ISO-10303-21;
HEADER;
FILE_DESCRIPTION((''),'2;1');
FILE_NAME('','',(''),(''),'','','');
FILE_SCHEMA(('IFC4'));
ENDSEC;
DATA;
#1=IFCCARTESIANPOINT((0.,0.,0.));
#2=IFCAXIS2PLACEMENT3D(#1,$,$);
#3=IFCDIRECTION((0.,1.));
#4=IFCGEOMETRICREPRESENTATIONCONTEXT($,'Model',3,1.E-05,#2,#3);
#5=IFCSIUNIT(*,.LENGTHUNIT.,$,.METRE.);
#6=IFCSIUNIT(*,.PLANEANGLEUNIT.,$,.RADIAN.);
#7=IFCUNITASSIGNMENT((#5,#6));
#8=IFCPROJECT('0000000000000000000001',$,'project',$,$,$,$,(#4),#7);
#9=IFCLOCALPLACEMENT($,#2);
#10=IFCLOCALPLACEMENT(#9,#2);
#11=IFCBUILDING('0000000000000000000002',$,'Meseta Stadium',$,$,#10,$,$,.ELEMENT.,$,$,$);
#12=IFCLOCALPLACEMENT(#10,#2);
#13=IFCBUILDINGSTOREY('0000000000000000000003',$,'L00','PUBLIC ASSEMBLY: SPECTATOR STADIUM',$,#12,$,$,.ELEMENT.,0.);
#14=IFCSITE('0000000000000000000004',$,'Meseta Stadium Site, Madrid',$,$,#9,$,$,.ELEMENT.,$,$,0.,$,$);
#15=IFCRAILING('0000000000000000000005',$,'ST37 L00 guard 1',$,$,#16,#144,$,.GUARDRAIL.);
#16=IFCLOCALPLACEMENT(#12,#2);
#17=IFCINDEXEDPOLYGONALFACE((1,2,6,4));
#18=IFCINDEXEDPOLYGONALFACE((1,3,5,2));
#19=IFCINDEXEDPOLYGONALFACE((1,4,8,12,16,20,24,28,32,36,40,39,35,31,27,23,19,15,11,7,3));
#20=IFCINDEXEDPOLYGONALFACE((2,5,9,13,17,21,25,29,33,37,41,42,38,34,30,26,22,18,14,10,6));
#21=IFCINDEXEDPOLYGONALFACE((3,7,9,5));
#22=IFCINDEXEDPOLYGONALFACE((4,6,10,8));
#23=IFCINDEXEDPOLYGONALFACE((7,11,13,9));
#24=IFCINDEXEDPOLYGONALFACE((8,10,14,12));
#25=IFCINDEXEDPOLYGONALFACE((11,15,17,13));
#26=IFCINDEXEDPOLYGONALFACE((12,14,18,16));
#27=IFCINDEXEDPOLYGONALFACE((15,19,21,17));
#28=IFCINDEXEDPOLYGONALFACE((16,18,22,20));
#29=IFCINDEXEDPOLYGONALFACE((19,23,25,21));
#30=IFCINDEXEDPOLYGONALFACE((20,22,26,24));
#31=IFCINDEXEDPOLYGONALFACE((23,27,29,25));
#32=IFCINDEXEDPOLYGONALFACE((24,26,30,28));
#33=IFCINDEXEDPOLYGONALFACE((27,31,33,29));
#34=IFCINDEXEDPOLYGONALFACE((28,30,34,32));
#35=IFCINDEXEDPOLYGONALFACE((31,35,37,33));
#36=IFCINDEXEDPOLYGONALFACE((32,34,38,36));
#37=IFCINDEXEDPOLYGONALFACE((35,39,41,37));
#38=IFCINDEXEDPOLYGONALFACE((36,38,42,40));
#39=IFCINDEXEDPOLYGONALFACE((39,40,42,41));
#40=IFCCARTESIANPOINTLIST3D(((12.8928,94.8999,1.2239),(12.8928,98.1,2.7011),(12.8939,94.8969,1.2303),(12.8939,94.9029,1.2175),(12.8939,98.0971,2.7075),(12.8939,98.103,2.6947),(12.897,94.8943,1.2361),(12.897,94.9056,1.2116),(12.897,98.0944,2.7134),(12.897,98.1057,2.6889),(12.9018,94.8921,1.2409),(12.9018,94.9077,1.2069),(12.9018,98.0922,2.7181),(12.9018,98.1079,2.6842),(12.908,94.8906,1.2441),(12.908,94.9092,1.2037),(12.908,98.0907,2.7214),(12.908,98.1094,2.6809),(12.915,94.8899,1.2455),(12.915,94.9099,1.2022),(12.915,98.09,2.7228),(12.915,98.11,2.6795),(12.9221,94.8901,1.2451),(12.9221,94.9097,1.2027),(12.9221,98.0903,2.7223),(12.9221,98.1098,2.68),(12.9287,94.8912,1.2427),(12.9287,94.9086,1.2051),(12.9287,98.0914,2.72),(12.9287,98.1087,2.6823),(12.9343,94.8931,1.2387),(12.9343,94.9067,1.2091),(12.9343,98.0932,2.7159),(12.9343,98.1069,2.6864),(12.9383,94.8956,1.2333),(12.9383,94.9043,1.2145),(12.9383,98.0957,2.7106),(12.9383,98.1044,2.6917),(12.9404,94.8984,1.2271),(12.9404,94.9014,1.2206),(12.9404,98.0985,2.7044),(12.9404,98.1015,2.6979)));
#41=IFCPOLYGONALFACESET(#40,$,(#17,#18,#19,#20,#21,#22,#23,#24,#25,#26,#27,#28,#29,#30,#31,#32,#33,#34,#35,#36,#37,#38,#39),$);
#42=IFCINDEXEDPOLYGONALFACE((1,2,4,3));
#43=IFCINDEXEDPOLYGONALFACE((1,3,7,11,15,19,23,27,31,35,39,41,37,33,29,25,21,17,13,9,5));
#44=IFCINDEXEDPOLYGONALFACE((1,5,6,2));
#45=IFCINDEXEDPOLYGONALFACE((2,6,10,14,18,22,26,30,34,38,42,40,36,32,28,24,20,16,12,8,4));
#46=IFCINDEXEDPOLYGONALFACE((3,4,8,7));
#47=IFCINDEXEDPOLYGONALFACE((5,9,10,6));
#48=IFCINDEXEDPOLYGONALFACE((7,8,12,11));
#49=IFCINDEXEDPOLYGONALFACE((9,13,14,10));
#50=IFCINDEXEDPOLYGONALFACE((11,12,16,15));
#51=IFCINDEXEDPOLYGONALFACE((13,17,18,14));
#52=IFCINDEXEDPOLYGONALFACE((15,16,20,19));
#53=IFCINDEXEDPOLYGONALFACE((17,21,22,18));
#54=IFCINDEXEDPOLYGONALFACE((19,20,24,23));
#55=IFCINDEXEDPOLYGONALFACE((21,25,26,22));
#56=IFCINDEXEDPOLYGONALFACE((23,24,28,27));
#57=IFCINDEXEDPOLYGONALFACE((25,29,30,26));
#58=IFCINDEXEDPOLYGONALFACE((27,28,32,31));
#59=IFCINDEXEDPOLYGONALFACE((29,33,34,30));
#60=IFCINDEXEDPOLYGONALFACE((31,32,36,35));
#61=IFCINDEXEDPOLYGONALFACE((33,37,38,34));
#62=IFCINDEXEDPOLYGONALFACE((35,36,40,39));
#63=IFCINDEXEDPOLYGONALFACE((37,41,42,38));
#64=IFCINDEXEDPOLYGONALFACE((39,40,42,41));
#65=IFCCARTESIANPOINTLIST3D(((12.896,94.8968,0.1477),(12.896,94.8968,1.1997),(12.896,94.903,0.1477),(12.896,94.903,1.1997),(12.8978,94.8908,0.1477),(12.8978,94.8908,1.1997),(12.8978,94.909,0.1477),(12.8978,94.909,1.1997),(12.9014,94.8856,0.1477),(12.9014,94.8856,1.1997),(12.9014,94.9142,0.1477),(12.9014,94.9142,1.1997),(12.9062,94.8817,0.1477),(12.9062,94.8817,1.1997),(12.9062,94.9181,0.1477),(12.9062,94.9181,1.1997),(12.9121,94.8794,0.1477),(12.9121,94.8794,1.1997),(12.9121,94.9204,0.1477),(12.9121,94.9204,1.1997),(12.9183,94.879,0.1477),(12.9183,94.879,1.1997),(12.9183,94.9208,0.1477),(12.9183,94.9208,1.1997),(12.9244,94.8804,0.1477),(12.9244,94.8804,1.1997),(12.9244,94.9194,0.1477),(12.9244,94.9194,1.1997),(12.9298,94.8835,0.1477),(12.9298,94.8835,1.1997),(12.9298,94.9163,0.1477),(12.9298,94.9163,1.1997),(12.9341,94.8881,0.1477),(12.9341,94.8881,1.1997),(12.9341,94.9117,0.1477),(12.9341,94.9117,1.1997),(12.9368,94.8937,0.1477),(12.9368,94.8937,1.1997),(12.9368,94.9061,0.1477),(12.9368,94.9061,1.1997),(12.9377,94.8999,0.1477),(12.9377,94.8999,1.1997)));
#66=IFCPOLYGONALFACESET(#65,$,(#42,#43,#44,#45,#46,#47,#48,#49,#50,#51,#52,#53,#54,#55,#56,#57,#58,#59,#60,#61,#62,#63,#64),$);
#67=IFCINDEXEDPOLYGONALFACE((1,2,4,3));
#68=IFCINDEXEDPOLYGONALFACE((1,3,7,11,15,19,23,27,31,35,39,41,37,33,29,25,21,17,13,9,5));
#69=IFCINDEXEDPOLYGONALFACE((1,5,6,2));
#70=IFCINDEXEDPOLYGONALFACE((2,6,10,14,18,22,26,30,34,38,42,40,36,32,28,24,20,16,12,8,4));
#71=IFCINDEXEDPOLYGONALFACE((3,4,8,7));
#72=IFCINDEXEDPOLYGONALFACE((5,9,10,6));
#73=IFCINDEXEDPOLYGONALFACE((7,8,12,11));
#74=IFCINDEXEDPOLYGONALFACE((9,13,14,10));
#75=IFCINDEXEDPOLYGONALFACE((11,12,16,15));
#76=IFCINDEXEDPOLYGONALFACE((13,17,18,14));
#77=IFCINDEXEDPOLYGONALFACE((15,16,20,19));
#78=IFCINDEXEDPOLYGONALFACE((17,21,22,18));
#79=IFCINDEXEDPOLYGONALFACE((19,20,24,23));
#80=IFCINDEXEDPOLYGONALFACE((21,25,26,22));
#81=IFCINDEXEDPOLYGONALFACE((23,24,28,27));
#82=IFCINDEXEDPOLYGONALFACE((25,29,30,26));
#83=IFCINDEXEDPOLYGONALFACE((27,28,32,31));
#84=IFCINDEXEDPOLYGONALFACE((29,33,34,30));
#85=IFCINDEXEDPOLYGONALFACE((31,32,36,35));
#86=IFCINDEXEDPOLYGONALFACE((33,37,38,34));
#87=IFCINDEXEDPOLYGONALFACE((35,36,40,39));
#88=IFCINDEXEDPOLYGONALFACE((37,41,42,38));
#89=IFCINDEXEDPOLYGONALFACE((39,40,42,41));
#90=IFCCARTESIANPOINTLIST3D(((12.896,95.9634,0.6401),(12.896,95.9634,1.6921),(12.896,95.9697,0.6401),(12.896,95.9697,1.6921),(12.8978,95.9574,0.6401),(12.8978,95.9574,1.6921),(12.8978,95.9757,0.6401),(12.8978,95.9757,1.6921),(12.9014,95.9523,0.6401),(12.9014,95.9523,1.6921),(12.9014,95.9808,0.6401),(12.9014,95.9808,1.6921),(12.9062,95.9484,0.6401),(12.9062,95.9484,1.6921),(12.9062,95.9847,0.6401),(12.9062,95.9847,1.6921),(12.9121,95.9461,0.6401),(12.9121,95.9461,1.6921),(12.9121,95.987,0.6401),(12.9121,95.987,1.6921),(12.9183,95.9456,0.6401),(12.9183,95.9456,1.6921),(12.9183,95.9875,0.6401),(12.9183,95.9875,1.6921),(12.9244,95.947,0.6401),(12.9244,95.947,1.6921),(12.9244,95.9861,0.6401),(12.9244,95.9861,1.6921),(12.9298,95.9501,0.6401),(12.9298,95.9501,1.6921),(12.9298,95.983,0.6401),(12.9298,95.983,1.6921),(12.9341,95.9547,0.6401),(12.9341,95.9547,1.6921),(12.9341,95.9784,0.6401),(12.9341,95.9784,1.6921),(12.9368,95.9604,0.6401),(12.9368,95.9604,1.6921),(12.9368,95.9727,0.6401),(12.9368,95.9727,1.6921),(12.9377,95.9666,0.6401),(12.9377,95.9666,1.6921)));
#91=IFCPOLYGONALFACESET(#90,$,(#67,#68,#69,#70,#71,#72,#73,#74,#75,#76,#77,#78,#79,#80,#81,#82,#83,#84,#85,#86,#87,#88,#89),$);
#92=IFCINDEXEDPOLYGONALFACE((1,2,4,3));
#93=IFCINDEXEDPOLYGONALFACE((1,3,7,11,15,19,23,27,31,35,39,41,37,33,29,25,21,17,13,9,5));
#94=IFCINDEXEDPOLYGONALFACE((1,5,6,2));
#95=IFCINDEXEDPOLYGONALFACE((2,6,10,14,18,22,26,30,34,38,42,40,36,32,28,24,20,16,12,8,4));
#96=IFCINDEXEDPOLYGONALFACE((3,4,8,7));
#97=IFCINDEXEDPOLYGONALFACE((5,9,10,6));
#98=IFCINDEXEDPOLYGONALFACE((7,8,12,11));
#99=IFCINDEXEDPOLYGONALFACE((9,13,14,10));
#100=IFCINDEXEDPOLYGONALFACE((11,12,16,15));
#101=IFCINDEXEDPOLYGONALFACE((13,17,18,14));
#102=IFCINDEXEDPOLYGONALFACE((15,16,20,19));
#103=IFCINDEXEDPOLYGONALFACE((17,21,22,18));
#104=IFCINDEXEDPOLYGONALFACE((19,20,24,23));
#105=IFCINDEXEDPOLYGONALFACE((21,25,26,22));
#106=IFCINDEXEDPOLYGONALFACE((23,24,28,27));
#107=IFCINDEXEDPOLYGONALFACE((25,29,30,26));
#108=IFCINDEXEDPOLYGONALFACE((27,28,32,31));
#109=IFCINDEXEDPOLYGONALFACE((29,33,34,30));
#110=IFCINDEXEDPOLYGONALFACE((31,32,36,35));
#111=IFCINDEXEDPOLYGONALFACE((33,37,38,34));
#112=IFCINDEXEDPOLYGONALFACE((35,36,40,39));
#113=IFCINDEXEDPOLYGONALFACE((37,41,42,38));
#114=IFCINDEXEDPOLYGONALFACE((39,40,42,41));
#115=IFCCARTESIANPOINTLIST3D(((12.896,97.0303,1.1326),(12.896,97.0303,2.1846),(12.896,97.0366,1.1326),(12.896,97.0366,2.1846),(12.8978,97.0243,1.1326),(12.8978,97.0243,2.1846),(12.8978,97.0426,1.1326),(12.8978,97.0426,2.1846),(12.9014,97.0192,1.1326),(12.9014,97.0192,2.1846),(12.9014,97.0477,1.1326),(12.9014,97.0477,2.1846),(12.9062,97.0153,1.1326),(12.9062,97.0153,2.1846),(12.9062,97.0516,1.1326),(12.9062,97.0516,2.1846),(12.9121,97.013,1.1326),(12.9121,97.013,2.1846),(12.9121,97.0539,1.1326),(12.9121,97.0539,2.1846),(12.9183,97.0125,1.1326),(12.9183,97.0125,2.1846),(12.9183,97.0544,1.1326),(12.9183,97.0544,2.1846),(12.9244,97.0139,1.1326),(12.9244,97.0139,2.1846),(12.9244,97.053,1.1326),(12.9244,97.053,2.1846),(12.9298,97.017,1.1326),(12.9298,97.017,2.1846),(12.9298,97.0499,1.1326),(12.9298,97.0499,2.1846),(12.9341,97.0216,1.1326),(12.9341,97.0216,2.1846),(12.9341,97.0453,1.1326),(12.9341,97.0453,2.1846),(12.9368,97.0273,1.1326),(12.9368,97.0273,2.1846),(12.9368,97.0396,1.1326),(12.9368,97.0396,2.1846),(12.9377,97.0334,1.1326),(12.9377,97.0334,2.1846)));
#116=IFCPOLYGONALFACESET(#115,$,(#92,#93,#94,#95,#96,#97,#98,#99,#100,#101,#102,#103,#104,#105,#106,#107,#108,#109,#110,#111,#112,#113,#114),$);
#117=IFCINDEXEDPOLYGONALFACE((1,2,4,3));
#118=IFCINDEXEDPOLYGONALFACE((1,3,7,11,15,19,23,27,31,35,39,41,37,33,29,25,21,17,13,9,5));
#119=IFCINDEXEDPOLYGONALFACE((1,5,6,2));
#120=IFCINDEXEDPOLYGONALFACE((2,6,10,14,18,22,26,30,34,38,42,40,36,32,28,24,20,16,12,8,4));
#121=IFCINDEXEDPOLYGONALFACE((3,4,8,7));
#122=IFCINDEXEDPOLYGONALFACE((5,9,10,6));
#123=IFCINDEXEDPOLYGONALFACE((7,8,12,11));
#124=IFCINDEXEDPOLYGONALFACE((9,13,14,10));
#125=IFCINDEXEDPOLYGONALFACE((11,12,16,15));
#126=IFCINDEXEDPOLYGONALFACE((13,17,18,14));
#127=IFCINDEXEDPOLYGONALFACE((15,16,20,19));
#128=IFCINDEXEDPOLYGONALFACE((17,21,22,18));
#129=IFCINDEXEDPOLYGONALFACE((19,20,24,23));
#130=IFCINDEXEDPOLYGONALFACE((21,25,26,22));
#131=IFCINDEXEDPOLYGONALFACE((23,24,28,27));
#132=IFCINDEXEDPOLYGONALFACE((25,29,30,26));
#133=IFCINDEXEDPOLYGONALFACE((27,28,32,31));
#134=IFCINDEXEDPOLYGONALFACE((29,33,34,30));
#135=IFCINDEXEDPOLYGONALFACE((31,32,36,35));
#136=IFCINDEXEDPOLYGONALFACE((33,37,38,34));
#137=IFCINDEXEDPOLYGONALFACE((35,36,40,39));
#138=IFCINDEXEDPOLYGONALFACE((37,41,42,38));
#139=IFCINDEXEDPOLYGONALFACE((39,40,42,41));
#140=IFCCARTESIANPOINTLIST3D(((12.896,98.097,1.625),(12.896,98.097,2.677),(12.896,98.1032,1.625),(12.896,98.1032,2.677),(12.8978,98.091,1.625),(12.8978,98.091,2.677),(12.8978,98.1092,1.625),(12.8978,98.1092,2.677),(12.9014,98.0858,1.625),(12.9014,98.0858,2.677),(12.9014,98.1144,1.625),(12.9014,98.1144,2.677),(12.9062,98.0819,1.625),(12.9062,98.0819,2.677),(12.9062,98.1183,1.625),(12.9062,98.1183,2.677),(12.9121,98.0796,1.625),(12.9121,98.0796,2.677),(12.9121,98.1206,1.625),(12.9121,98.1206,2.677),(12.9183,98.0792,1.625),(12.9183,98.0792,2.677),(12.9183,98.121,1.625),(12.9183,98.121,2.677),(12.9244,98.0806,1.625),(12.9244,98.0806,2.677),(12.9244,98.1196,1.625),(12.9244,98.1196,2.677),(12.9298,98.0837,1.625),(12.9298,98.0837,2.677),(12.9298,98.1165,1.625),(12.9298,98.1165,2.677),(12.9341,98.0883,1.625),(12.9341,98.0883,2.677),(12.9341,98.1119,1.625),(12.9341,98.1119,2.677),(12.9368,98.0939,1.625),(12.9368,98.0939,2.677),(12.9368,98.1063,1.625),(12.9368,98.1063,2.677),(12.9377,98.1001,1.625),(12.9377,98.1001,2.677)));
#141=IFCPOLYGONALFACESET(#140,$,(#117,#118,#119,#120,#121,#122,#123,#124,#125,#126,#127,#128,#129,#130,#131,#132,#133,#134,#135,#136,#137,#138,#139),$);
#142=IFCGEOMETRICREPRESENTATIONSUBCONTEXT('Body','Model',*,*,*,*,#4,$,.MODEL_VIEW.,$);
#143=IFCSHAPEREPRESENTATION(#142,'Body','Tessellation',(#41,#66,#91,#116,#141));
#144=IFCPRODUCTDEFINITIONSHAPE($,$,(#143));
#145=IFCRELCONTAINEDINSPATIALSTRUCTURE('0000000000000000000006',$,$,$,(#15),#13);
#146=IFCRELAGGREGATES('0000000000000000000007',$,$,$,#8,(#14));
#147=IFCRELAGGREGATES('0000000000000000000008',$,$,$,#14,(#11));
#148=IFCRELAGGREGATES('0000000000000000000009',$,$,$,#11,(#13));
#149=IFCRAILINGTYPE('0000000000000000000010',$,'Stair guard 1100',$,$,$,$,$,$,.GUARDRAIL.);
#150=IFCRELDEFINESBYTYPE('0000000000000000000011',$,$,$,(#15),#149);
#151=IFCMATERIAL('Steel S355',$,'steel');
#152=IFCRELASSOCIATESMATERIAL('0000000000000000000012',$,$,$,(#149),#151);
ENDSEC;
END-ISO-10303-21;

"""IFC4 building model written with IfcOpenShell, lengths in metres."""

from ifc_helpers import new_model, si_unit, direction, frame, origin, origin_2d, place, context, subcontext, project, spatial, circle, extrude, material, type_object, element, save


model = new_model("IFC4")

# Units and contexts
model_context = context("Model", 3, precision=1e-05, world=origin(), true_north=direction((0.0, 1.0)))
body_context = subcontext(model_context, "Body", "Model", "MODEL_VIEW")
ifc_project = project(units=[si_unit("LENGTHUNIT", "METRE"), si_unit("PLANEANGLEUNIT", "RADIAN")], contexts=[model_context])

# Site, building, storey
site_placement = place(None, origin())
site = spatial("IfcSite", under=ifc_project, at=site_placement, Name="Meseta Stadium Site, Madrid", CompositionType="ELEMENT", RefElevation=0.0)
building_placement = place(site_placement, origin())
building = spatial("IfcBuilding", under=site, at=building_placement, Name="Meseta Stadium", CompositionType="ELEMENT")
storey_placement = place(building_placement, origin())
storey = spatial("IfcBuildingStorey", under=building, at=storey_placement, Name="L00", Description="PUBLIC ASSEMBLY: SPECTATOR STADIUM", CompositionType="ELEMENT", Elevation=0.0)

# Railing
ifc_material_1 = material(Name="Steel S355", Category="steel")
railing_type_1 = type_object("IfcRailingType", Name="Stair guard 1100", PredefinedType="GUARDRAIL", material=ifc_material_1)
railing_1_placement = place(storey_placement, frame((12.9167, 94.8999, 0.1477)))
element("IfcRailing", 1, at=railing_1_placement, inside=storey, type_object=railing_type_1, Name="ST37 L00 guard 1", PredefinedType="GUARDRAIL", context=body_context, shape_type="SweptSolid", body=[
    extrude(circle(Radius=0.0239, at=origin_2d()), frame((0.0, 0.0, 1.0762), z_axis=(0.0, 0.907929, 0.419124), x_axis=(-1.0, 0.0, 0.0)), (0.0, 0.0, 1.0), 3.5247),
    extrude(circle(Radius=0.021, at=origin_2d()), origin(), (0.0, 0.0, 1.0), 1.052),
    extrude(circle(Radius=0.021, at=origin_2d()), frame((0.0, 1.0667, 0.4924)), (0.0, 0.0, 1.0), 1.052),
    extrude(circle(Radius=0.021, at=origin_2d()), frame((0.0, 2.1335, 0.9849)), (0.0, 0.0, 1.0), 1.052),
    extrude(circle(Radius=0.021, at=origin_2d()), frame((0.0, 3.2002, 1.4773)), (0.0, 0.0, 1.0), 1.052),
])

save(model, "model.ifc")
